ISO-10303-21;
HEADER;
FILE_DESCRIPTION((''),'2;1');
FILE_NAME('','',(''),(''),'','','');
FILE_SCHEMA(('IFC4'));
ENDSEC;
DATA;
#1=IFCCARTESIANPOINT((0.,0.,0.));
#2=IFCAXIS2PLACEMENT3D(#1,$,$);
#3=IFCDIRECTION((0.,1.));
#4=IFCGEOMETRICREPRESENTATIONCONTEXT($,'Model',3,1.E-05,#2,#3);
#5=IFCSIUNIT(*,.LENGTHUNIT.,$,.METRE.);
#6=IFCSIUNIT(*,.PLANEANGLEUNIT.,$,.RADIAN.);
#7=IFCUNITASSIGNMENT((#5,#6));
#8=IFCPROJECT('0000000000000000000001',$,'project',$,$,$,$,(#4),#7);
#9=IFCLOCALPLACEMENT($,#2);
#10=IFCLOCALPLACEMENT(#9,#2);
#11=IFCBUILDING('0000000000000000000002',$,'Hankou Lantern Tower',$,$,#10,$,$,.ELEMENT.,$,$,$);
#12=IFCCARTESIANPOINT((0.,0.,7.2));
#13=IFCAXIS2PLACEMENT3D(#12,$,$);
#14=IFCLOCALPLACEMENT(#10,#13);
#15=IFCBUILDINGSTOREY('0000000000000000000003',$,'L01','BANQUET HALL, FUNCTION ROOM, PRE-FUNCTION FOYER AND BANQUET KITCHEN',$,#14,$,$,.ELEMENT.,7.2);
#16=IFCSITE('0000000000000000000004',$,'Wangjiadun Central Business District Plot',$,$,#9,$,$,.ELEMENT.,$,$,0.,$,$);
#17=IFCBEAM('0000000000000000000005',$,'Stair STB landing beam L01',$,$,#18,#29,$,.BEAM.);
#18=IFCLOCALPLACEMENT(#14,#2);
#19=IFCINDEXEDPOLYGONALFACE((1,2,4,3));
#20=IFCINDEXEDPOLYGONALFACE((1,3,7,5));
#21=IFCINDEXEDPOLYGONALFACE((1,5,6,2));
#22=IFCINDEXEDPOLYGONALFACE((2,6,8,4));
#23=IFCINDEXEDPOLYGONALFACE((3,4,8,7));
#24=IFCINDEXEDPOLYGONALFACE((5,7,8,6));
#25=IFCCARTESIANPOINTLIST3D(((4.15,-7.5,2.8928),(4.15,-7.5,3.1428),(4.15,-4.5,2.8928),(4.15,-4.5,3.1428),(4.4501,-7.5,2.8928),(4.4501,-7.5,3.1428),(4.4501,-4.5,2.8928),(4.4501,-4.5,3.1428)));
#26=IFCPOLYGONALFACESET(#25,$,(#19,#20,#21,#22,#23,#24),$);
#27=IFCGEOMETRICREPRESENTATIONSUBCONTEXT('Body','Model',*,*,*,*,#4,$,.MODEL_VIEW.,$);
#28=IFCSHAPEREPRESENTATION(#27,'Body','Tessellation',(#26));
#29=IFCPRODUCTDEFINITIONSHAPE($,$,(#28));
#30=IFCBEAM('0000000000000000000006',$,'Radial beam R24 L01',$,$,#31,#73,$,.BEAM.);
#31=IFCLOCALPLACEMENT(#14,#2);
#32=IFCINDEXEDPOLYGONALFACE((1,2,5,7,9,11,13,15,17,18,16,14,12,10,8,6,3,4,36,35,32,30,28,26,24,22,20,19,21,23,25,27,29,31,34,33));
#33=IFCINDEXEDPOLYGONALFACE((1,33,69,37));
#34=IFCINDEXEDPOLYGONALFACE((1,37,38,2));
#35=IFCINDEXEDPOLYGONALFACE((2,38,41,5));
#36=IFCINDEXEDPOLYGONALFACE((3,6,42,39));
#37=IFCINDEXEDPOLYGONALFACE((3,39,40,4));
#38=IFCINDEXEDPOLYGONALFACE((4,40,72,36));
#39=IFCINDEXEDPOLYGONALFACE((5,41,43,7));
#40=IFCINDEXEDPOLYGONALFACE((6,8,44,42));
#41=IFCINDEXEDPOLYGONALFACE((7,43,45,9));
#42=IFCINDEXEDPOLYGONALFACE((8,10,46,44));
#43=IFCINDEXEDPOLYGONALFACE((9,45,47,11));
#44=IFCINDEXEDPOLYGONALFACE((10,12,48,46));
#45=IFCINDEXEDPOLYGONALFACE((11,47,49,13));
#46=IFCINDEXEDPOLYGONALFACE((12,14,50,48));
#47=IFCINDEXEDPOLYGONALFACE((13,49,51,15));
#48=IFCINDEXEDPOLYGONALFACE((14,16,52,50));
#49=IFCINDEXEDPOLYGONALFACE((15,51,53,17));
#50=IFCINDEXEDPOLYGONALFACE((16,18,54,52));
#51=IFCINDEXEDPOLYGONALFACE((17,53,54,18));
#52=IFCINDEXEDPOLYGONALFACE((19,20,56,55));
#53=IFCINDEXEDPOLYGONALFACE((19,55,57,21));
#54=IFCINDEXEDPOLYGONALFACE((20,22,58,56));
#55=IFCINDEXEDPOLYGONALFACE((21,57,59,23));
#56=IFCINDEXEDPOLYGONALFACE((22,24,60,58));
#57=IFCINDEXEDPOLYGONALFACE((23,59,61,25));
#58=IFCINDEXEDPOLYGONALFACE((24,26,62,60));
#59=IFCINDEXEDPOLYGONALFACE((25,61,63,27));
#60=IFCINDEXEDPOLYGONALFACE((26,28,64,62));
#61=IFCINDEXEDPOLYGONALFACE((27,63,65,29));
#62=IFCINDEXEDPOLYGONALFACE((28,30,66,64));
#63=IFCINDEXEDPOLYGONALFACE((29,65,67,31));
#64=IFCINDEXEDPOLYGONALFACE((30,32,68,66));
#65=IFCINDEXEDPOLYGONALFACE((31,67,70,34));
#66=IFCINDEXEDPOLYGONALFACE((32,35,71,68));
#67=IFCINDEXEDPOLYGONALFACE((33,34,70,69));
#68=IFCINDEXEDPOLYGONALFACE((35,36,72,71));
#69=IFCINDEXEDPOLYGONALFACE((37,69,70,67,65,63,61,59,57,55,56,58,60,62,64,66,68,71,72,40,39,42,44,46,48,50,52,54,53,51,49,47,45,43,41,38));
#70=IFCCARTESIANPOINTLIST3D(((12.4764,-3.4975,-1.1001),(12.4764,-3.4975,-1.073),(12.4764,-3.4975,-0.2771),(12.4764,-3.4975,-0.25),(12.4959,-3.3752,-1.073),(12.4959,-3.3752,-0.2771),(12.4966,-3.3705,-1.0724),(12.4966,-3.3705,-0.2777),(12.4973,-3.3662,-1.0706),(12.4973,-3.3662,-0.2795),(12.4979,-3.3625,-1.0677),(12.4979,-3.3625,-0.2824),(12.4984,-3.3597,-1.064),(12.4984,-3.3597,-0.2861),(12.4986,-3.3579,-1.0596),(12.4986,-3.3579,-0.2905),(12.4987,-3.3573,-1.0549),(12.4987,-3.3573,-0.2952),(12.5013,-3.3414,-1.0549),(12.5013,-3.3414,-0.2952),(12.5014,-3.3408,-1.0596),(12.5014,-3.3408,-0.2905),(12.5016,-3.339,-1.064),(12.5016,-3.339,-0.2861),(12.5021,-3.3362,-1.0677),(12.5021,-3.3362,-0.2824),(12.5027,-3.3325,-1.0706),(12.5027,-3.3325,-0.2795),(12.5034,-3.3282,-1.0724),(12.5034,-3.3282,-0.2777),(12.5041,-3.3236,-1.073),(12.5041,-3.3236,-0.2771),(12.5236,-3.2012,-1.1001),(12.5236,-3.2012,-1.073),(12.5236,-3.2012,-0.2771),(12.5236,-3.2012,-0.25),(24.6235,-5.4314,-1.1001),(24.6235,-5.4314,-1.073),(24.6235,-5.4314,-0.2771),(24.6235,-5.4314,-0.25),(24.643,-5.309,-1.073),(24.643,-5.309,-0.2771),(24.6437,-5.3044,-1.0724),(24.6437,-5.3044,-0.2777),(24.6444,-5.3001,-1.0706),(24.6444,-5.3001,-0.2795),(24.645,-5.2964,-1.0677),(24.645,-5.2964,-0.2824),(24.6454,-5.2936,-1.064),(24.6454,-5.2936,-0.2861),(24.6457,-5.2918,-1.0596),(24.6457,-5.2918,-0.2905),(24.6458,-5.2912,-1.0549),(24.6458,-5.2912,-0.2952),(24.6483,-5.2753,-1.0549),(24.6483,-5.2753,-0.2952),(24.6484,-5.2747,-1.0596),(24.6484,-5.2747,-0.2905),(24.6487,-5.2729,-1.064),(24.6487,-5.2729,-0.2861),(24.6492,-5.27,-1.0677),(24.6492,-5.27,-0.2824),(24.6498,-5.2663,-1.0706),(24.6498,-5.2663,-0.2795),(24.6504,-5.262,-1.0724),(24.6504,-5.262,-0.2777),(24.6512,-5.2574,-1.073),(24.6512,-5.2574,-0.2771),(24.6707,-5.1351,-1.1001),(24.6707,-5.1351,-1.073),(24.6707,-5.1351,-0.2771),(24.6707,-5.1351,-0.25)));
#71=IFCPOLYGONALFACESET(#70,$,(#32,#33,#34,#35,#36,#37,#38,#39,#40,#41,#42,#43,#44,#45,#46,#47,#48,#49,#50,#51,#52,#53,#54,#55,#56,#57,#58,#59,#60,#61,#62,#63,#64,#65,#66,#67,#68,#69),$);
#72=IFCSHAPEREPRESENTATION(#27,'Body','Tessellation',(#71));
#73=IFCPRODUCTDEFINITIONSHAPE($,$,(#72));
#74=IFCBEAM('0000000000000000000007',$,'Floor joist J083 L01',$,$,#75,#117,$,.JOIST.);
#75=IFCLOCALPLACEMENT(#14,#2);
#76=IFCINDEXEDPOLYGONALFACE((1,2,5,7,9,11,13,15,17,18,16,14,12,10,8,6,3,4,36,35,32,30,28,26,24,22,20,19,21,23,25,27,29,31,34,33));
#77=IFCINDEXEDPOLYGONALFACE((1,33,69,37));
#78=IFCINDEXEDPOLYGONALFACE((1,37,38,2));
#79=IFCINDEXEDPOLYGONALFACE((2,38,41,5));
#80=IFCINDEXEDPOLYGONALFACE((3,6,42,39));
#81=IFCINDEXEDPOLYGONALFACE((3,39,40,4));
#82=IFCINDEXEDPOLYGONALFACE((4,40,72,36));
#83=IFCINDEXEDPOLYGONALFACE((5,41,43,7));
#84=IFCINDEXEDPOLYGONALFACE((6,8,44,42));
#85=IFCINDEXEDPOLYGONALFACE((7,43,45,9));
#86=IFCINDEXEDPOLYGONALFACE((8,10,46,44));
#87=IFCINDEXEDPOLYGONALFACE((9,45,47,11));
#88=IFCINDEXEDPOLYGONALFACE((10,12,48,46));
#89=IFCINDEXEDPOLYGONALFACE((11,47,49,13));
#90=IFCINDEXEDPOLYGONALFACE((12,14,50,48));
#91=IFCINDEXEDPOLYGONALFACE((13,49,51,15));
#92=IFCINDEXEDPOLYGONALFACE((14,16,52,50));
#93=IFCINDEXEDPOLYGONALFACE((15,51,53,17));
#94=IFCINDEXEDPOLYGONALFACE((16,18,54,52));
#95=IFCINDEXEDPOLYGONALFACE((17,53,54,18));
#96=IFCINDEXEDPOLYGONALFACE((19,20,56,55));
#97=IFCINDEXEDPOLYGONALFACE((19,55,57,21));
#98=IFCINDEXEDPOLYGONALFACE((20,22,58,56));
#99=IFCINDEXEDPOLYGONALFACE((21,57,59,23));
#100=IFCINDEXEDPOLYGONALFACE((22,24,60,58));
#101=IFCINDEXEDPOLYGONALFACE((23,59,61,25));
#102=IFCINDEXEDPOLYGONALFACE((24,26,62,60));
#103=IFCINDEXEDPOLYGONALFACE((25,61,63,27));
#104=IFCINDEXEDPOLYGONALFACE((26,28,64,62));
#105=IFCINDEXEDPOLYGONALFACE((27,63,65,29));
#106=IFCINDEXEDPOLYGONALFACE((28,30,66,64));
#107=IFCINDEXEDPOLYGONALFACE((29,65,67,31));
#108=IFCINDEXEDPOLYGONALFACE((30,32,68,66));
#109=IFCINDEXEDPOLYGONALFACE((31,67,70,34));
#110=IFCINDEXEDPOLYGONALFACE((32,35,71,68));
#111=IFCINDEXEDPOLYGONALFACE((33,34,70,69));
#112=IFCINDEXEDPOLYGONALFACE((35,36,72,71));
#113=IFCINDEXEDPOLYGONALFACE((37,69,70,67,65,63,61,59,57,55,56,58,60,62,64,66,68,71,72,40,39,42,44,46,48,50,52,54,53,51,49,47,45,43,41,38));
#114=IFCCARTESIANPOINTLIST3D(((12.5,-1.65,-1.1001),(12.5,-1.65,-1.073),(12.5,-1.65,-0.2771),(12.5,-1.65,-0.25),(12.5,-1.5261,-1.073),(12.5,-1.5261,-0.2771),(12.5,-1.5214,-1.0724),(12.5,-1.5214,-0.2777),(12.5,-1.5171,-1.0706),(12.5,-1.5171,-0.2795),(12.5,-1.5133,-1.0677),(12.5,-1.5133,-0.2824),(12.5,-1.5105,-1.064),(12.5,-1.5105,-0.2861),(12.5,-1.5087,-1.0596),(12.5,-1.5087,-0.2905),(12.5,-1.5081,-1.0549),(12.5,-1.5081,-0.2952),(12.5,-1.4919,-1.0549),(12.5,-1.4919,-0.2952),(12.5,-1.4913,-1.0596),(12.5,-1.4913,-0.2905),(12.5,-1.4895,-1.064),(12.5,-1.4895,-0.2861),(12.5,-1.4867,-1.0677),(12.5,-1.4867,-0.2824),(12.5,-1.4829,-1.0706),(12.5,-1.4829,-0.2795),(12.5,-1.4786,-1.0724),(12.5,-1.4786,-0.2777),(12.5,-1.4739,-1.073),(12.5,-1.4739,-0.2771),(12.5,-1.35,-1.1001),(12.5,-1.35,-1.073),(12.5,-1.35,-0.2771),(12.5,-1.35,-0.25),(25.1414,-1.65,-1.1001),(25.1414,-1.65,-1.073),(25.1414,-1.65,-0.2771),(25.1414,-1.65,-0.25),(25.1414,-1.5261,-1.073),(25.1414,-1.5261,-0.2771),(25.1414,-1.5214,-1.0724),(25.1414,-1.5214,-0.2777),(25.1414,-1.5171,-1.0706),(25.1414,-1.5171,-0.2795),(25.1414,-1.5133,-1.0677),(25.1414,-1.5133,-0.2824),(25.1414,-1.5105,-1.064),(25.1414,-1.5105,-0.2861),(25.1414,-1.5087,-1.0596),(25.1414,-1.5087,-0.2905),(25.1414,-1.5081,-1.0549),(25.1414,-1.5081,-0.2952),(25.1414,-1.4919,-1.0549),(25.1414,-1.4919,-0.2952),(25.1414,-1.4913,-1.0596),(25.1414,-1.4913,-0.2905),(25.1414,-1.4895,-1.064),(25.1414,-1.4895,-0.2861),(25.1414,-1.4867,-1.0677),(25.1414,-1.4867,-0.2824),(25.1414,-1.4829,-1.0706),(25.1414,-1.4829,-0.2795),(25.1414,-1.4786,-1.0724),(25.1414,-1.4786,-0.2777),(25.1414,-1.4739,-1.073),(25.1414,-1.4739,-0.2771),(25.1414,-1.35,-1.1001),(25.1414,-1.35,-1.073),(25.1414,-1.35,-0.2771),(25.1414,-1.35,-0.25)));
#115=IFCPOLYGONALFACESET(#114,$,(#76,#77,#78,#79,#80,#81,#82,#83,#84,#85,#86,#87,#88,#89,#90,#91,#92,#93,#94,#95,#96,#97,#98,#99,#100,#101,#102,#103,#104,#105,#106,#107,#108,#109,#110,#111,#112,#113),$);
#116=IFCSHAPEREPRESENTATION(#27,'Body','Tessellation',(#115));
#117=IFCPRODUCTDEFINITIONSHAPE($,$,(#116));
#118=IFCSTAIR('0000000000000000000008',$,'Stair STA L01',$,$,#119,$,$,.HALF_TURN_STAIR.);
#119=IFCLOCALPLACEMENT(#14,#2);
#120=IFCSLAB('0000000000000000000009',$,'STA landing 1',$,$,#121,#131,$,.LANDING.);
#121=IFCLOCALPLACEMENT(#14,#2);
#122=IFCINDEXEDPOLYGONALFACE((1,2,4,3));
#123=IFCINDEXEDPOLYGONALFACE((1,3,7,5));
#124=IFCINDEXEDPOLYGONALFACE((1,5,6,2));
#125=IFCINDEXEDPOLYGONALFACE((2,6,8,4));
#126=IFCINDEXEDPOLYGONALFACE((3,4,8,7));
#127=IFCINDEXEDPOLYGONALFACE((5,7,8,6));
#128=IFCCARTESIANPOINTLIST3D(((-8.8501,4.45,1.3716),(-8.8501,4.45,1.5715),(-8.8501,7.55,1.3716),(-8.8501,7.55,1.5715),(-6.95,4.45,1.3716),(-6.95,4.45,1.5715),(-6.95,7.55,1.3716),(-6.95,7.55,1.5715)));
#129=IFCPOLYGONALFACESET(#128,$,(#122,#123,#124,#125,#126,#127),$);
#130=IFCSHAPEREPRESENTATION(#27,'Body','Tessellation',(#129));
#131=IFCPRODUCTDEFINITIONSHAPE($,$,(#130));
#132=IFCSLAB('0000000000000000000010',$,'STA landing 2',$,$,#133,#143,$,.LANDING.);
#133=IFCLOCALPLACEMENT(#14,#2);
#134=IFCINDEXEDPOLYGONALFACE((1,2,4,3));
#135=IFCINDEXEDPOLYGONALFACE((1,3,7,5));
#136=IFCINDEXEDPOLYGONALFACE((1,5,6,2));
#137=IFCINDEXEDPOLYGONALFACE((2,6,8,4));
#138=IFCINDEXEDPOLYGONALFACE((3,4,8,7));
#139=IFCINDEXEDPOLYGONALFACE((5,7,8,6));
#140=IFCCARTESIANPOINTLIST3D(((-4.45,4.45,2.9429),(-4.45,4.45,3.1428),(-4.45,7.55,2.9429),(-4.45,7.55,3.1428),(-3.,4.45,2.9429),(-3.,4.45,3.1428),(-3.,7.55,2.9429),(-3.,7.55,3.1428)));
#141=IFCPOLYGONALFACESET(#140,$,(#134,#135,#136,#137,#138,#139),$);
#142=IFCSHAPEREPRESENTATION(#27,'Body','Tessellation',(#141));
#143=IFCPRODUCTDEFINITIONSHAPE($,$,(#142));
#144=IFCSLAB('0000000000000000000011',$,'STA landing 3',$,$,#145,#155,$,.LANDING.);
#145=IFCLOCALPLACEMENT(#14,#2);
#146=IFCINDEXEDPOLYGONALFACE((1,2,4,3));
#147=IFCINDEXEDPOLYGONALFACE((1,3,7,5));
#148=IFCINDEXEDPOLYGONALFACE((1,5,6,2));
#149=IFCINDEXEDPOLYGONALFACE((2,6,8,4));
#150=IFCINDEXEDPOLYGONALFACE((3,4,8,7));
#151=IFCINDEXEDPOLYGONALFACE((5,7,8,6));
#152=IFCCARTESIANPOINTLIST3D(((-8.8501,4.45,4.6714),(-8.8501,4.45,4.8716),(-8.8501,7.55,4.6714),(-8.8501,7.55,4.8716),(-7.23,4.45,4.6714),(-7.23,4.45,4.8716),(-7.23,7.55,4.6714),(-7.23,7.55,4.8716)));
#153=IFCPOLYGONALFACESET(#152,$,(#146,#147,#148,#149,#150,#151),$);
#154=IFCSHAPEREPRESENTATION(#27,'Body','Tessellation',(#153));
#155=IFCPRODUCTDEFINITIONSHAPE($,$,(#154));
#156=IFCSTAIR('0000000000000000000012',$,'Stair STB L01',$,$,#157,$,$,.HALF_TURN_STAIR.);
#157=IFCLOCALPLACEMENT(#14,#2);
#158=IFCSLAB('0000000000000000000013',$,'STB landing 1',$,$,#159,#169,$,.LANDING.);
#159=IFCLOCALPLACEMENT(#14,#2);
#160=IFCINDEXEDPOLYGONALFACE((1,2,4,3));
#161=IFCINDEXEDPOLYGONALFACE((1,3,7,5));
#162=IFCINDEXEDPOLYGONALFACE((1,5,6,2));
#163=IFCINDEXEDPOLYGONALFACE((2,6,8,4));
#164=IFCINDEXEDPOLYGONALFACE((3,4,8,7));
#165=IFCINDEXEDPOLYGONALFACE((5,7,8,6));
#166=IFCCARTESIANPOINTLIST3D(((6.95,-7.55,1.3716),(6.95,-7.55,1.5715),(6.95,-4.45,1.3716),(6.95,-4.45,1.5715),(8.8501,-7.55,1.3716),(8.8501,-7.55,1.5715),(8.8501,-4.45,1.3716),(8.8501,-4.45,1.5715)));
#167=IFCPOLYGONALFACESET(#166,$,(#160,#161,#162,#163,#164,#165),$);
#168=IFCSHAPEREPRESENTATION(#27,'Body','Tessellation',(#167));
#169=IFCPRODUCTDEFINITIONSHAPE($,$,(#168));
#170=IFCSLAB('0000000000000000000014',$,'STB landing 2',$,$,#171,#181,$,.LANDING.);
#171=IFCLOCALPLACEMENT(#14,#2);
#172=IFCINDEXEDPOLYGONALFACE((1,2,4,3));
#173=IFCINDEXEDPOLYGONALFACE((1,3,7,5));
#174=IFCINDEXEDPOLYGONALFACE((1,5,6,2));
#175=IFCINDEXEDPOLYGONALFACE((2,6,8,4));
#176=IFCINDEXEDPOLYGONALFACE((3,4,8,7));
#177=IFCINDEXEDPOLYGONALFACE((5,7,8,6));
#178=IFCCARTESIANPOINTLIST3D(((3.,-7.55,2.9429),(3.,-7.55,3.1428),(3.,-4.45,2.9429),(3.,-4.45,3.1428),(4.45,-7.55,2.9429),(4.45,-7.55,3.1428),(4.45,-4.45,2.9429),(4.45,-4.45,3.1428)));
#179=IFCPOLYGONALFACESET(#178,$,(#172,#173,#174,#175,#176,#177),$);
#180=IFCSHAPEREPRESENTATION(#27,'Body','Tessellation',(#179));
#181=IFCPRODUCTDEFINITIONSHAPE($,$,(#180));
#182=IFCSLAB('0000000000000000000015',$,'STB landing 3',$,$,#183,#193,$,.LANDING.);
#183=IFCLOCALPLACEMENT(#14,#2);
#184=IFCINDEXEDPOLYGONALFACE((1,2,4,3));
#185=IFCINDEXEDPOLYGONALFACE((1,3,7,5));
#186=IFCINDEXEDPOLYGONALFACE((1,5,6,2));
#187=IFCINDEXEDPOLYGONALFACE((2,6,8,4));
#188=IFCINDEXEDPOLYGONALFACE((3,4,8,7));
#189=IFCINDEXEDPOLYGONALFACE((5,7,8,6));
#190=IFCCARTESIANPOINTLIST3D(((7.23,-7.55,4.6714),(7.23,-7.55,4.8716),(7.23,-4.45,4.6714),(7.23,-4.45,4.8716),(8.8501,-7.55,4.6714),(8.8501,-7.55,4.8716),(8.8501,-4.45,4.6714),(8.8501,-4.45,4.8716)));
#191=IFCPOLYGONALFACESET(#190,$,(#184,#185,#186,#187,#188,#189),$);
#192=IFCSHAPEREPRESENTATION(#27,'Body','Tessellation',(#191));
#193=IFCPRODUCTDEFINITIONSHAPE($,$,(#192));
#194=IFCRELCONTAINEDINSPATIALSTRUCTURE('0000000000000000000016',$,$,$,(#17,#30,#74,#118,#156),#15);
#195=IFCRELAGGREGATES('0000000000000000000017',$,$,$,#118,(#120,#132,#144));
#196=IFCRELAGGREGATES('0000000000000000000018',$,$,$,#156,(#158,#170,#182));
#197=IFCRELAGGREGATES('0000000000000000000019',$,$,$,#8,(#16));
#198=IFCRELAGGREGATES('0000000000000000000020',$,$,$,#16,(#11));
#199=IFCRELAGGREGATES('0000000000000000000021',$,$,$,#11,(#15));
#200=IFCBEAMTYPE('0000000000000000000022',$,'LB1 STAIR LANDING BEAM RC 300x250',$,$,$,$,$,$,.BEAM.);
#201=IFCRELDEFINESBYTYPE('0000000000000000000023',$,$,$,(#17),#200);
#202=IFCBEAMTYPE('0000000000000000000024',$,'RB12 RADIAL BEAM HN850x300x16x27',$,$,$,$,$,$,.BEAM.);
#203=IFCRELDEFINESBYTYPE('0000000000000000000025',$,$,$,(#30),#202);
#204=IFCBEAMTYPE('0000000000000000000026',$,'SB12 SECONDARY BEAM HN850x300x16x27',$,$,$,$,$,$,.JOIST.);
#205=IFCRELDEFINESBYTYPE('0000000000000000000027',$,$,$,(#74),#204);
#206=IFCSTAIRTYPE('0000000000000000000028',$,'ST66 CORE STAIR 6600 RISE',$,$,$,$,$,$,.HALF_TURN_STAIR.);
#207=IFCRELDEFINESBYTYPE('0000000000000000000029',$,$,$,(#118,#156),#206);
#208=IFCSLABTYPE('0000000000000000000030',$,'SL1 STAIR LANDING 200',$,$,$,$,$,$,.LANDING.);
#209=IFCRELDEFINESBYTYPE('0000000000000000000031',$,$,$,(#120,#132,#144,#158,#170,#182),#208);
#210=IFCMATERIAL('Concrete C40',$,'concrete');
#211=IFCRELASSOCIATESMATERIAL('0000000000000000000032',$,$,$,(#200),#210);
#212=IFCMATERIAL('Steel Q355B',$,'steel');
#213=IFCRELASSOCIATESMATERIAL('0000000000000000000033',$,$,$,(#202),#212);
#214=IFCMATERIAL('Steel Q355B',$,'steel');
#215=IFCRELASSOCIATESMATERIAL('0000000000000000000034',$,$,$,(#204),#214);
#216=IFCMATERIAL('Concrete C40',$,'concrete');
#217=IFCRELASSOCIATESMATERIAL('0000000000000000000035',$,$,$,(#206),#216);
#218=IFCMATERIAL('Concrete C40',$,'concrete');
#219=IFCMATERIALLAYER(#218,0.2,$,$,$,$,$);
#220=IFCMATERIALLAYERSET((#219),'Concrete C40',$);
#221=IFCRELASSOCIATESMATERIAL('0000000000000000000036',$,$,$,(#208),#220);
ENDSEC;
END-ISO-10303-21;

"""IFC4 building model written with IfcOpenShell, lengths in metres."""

from ifc_helpers import new_model, si_unit, direction, frame, origin, origin_2d, place, context, subcontext, project, spatial, polyline, rectangle, i_section, outline, extrude, material, layer, layer_set, material_profile, profile_set, type_object, element, aggregate, save


model = new_model("IFC4")

# Units and contexts
model_context = context("Model", 3, precision=1e-05, world=origin(), true_north=direction((0.0, 1.0)))
body_context = subcontext(model_context, "Body", "Model", "MODEL_VIEW")
ifc_project = project(units=[si_unit("LENGTHUNIT", "METRE"), si_unit("PLANEANGLEUNIT", "RADIAN")], contexts=[model_context])

# Site, building, storey
site_placement = place(None, origin())
site = spatial("IfcSite", under=ifc_project, at=site_placement, Name="Wangjiadun Central Business District Plot", CompositionType="ELEMENT", RefElevation=0.0)
building_placement = place(site_placement, origin())
building = spatial("IfcBuilding", under=site, at=building_placement, Name="Hankou Lantern Tower", CompositionType="ELEMENT")
storey_placement = place(building_placement, frame((0.0, 0.0, 7.2)))
storey = spatial("IfcBuildingStorey", under=building, at=storey_placement, Name="L01", Description="BANQUET HALL, FUNCTION ROOM, PRE-FUNCTION FOYER AND BANQUET KITCHEN", CompositionType="ELEMENT", Elevation=7.2)

# Beams
ifc_material_1 = material(Name="Concrete C40", Category="concrete")
ifc_material_profile_1 = material_profile(ifc_material_1, rectangle(XDim=0.3, YDim=0.25, at=origin_2d()), Name="RC 300x250")
ifc_profile_set_1 = profile_set([ifc_material_profile_1], Name="Concrete C40")
beam_type_1 = type_object("IfcBeamType", Name="LB1 STAIR LANDING BEAM RC 300x250", PredefinedType="BEAM", material=ifc_profile_set_1)
beam_1_placement = place(storey_placement, frame((4.3, -4.5, 3.0178), z_axis=(0.0, -1.0, 0.0), x_axis=(1.0, 0.0, 0.0)))
element("IfcBeam", 1, at=beam_1_placement, inside=storey, type_object=beam_type_1, Name="Stair STB landing beam L01", PredefinedType="BEAM", context=body_context, shape_type="SweptSolid", body=[
    extrude(rectangle(XDim=0.3, YDim=0.25, at=origin_2d()), origin(), (0.0, 0.0, 1.0), 3.0),
])
ifc_material_2 = material(Name="Steel Q355B", Category="steel")
ifc_material_profile_2 = material_profile(ifc_material_2, i_section(OverallWidth=0.3, OverallDepth=0.8501, WebThickness=0.0161, FlangeThickness=0.0271, FilletRadius=0.0181, at=origin_2d()), Name="HN850x300x16x27")
ifc_profile_set_2 = profile_set([ifc_material_profile_2], Name="Steel Q355B")
beam_type_2 = type_object("IfcBeamType", Name="RB12 RADIAL BEAM HN850x300x16x27", PredefinedType="BEAM", material=ifc_profile_set_2)
beam_2_placement = place(storey_placement, frame((12.5, -3.3494, -0.675), z_axis=(0.987563, -0.157223, 0.0), x_axis=(0.157223, 0.987563, 0.0)))
element("IfcBeam", 2, at=beam_2_placement, inside=storey, type_object=beam_type_2, Name="Radial beam R24 L01", PredefinedType="BEAM", context=body_context, shape_type="SweptSolid", body=[
    extrude(i_section(OverallWidth=0.3, OverallDepth=0.8501, WebThickness=0.0161, FlangeThickness=0.0271, FilletRadius=0.0181, at=origin_2d()), origin(), (0.0, 0.0, 1.0), 12.3),
])
ifc_material_3 = material(Name="Steel Q355B", Category="steel")
ifc_material_profile_3 = material_profile(ifc_material_3, i_section(OverallWidth=0.3, OverallDepth=0.8501, WebThickness=0.0161, FlangeThickness=0.0271, FilletRadius=0.0181, at=origin_2d()), Name="HN850x300x16x27")
ifc_profile_set_3 = profile_set([ifc_material_profile_3], Name="Steel Q355B")
beam_type_3 = type_object("IfcBeamType", Name="SB12 SECONDARY BEAM HN850x300x16x27", PredefinedType="JOIST", material=ifc_profile_set_3)
beam_3_placement = place(storey_placement, frame((12.5, -1.5, -0.675), z_axis=(1.0, 0.0, 0.0), x_axis=(0.0, 1.0, 0.0)))
element("IfcBeam", 3, at=beam_3_placement, inside=storey, type_object=beam_type_3, Name="Floor joist J083 L01", PredefinedType="JOIST", context=body_context, shape_type="SweptSolid", body=[
    extrude(i_section(OverallWidth=0.3, OverallDepth=0.8501, WebThickness=0.0161, FlangeThickness=0.0271, FilletRadius=0.0181, at=origin_2d()), origin(), (0.0, 0.0, 1.0), 12.6414),
])

# Stairs, slabs
ifc_material_4 = material(Name="Concrete C40", Category="concrete")
stair_type_1 = type_object("IfcStairType", Name="ST66 CORE STAIR 6600 RISE", PredefinedType="HALF_TURN_STAIR", material=ifc_material_4)
stair_1_placement = place(storey_placement, origin())
stair_1 = element("IfcStair", 4, at=stair_1_placement, inside=storey, type_object=stair_type_1, Name="Stair STA L01", PredefinedType="HALF_TURN_STAIR")
ifc_material_5 = material(Name="Concrete C40", Category="concrete")
ifc_layer_1 = layer(ifc_material_5, 0.2)
ifc_layer_set_1 = layer_set([ifc_layer_1], Name="Concrete C40")
slab_type_1 = type_object("IfcSlabType", Name="SL1 STAIR LANDING 200", PredefinedType="LANDING", material=ifc_layer_set_1)
slab_1_placement = place(storey_placement, frame((0.0, 0.0, 1.3716)))
slab_1 = element("IfcSlab", 5, at=slab_1_placement, type_object=slab_type_1, Name="STA landing 1", PredefinedType="LANDING", context=body_context, shape_type="SweptSolid", body=[
    extrude(outline(polyline([(-8.8501, 4.45), (-6.95, 4.45), (-6.95, 7.55), (-8.8501, 7.55), (-8.8501, 4.45)])), origin(), (0.0, 0.0, 1.0), 0.2),
])
slab_2_placement = place(storey_placement, frame((0.0, 0.0, 2.9429)))
slab_2 = element("IfcSlab", 6, at=slab_2_placement, type_object=slab_type_1, Name="STA landing 2", PredefinedType="LANDING", context=body_context, shape_type="SweptSolid", body=[
    extrude(outline(polyline([(-4.45, 4.45), (-3.0, 4.45), (-3.0, 7.55), (-4.45, 7.55), (-4.45, 4.45)])), origin(), (0.0, 0.0, 1.0), 0.2),
])
slab_3_placement = place(storey_placement, frame((0.0, 0.0, 4.6714)))
slab_3 = element("IfcSlab", 7, at=slab_3_placement, type_object=slab_type_1, Name="STA landing 3", PredefinedType="LANDING", context=body_context, shape_type="SweptSolid", body=[
    extrude(outline(polyline([(-8.8501, 4.45), (-7.23, 4.45), (-7.23, 7.55), (-8.8501, 7.55), (-8.8501, 4.45)])), origin(), (0.0, 0.0, 1.0), 0.2002),
])
aggregate(stair_1, [slab_1, slab_2, slab_3])
stair_2_placement = place(storey_placement, origin())
stair_2 = element("IfcStair", 8, at=stair_2_placement, inside=storey, type_object=stair_type_1, Name="Stair STB L01", PredefinedType="HALF_TURN_STAIR")
slab_4_placement = place(storey_placement, frame((0.0, 0.0, 1.3716)))
slab_4 = element("IfcSlab", 9, at=slab_4_placement, type_object=slab_type_1, Name="STB landing 1", PredefinedType="LANDING", context=body_context, shape_type="SweptSolid", body=[
    extrude(outline(polyline([(8.8501, -4.45), (6.95, -4.45), (6.95, -7.55), (8.8501, -7.55), (8.8501, -4.45)])), origin(), (0.0, 0.0, 1.0), 0.2),
])
slab_5_placement = place(storey_placement, frame((0.0, 0.0, 2.9429)))
slab_5 = element("IfcSlab", 10, at=slab_5_placement, type_object=slab_type_1, Name="STB landing 2", PredefinedType="LANDING", context=body_context, shape_type="SweptSolid", body=[
    extrude(outline(polyline([(4.45, -4.45), (3.0, -4.45), (3.0, -7.55), (4.45, -7.55), (4.45, -4.45)])), origin(), (0.0, 0.0, 1.0), 0.2),
])
slab_6_placement = place(storey_placement, frame((0.0, 0.0, 4.6714)))
slab_6 = element("IfcSlab", 11, at=slab_6_placement, type_object=slab_type_1, Name="STB landing 3", PredefinedType="LANDING", context=body_context, shape_type="SweptSolid", body=[
    extrude(outline(polyline([(8.8501, -4.45), (7.23, -4.45), (7.23, -7.55), (8.8501, -7.55), (8.8501, -4.45)])), origin(), (0.0, 0.0, 1.0), 0.2002),
])
aggregate(stair_2, [slab_4, slab_5, slab_6])

save(model, "model.ifc")
